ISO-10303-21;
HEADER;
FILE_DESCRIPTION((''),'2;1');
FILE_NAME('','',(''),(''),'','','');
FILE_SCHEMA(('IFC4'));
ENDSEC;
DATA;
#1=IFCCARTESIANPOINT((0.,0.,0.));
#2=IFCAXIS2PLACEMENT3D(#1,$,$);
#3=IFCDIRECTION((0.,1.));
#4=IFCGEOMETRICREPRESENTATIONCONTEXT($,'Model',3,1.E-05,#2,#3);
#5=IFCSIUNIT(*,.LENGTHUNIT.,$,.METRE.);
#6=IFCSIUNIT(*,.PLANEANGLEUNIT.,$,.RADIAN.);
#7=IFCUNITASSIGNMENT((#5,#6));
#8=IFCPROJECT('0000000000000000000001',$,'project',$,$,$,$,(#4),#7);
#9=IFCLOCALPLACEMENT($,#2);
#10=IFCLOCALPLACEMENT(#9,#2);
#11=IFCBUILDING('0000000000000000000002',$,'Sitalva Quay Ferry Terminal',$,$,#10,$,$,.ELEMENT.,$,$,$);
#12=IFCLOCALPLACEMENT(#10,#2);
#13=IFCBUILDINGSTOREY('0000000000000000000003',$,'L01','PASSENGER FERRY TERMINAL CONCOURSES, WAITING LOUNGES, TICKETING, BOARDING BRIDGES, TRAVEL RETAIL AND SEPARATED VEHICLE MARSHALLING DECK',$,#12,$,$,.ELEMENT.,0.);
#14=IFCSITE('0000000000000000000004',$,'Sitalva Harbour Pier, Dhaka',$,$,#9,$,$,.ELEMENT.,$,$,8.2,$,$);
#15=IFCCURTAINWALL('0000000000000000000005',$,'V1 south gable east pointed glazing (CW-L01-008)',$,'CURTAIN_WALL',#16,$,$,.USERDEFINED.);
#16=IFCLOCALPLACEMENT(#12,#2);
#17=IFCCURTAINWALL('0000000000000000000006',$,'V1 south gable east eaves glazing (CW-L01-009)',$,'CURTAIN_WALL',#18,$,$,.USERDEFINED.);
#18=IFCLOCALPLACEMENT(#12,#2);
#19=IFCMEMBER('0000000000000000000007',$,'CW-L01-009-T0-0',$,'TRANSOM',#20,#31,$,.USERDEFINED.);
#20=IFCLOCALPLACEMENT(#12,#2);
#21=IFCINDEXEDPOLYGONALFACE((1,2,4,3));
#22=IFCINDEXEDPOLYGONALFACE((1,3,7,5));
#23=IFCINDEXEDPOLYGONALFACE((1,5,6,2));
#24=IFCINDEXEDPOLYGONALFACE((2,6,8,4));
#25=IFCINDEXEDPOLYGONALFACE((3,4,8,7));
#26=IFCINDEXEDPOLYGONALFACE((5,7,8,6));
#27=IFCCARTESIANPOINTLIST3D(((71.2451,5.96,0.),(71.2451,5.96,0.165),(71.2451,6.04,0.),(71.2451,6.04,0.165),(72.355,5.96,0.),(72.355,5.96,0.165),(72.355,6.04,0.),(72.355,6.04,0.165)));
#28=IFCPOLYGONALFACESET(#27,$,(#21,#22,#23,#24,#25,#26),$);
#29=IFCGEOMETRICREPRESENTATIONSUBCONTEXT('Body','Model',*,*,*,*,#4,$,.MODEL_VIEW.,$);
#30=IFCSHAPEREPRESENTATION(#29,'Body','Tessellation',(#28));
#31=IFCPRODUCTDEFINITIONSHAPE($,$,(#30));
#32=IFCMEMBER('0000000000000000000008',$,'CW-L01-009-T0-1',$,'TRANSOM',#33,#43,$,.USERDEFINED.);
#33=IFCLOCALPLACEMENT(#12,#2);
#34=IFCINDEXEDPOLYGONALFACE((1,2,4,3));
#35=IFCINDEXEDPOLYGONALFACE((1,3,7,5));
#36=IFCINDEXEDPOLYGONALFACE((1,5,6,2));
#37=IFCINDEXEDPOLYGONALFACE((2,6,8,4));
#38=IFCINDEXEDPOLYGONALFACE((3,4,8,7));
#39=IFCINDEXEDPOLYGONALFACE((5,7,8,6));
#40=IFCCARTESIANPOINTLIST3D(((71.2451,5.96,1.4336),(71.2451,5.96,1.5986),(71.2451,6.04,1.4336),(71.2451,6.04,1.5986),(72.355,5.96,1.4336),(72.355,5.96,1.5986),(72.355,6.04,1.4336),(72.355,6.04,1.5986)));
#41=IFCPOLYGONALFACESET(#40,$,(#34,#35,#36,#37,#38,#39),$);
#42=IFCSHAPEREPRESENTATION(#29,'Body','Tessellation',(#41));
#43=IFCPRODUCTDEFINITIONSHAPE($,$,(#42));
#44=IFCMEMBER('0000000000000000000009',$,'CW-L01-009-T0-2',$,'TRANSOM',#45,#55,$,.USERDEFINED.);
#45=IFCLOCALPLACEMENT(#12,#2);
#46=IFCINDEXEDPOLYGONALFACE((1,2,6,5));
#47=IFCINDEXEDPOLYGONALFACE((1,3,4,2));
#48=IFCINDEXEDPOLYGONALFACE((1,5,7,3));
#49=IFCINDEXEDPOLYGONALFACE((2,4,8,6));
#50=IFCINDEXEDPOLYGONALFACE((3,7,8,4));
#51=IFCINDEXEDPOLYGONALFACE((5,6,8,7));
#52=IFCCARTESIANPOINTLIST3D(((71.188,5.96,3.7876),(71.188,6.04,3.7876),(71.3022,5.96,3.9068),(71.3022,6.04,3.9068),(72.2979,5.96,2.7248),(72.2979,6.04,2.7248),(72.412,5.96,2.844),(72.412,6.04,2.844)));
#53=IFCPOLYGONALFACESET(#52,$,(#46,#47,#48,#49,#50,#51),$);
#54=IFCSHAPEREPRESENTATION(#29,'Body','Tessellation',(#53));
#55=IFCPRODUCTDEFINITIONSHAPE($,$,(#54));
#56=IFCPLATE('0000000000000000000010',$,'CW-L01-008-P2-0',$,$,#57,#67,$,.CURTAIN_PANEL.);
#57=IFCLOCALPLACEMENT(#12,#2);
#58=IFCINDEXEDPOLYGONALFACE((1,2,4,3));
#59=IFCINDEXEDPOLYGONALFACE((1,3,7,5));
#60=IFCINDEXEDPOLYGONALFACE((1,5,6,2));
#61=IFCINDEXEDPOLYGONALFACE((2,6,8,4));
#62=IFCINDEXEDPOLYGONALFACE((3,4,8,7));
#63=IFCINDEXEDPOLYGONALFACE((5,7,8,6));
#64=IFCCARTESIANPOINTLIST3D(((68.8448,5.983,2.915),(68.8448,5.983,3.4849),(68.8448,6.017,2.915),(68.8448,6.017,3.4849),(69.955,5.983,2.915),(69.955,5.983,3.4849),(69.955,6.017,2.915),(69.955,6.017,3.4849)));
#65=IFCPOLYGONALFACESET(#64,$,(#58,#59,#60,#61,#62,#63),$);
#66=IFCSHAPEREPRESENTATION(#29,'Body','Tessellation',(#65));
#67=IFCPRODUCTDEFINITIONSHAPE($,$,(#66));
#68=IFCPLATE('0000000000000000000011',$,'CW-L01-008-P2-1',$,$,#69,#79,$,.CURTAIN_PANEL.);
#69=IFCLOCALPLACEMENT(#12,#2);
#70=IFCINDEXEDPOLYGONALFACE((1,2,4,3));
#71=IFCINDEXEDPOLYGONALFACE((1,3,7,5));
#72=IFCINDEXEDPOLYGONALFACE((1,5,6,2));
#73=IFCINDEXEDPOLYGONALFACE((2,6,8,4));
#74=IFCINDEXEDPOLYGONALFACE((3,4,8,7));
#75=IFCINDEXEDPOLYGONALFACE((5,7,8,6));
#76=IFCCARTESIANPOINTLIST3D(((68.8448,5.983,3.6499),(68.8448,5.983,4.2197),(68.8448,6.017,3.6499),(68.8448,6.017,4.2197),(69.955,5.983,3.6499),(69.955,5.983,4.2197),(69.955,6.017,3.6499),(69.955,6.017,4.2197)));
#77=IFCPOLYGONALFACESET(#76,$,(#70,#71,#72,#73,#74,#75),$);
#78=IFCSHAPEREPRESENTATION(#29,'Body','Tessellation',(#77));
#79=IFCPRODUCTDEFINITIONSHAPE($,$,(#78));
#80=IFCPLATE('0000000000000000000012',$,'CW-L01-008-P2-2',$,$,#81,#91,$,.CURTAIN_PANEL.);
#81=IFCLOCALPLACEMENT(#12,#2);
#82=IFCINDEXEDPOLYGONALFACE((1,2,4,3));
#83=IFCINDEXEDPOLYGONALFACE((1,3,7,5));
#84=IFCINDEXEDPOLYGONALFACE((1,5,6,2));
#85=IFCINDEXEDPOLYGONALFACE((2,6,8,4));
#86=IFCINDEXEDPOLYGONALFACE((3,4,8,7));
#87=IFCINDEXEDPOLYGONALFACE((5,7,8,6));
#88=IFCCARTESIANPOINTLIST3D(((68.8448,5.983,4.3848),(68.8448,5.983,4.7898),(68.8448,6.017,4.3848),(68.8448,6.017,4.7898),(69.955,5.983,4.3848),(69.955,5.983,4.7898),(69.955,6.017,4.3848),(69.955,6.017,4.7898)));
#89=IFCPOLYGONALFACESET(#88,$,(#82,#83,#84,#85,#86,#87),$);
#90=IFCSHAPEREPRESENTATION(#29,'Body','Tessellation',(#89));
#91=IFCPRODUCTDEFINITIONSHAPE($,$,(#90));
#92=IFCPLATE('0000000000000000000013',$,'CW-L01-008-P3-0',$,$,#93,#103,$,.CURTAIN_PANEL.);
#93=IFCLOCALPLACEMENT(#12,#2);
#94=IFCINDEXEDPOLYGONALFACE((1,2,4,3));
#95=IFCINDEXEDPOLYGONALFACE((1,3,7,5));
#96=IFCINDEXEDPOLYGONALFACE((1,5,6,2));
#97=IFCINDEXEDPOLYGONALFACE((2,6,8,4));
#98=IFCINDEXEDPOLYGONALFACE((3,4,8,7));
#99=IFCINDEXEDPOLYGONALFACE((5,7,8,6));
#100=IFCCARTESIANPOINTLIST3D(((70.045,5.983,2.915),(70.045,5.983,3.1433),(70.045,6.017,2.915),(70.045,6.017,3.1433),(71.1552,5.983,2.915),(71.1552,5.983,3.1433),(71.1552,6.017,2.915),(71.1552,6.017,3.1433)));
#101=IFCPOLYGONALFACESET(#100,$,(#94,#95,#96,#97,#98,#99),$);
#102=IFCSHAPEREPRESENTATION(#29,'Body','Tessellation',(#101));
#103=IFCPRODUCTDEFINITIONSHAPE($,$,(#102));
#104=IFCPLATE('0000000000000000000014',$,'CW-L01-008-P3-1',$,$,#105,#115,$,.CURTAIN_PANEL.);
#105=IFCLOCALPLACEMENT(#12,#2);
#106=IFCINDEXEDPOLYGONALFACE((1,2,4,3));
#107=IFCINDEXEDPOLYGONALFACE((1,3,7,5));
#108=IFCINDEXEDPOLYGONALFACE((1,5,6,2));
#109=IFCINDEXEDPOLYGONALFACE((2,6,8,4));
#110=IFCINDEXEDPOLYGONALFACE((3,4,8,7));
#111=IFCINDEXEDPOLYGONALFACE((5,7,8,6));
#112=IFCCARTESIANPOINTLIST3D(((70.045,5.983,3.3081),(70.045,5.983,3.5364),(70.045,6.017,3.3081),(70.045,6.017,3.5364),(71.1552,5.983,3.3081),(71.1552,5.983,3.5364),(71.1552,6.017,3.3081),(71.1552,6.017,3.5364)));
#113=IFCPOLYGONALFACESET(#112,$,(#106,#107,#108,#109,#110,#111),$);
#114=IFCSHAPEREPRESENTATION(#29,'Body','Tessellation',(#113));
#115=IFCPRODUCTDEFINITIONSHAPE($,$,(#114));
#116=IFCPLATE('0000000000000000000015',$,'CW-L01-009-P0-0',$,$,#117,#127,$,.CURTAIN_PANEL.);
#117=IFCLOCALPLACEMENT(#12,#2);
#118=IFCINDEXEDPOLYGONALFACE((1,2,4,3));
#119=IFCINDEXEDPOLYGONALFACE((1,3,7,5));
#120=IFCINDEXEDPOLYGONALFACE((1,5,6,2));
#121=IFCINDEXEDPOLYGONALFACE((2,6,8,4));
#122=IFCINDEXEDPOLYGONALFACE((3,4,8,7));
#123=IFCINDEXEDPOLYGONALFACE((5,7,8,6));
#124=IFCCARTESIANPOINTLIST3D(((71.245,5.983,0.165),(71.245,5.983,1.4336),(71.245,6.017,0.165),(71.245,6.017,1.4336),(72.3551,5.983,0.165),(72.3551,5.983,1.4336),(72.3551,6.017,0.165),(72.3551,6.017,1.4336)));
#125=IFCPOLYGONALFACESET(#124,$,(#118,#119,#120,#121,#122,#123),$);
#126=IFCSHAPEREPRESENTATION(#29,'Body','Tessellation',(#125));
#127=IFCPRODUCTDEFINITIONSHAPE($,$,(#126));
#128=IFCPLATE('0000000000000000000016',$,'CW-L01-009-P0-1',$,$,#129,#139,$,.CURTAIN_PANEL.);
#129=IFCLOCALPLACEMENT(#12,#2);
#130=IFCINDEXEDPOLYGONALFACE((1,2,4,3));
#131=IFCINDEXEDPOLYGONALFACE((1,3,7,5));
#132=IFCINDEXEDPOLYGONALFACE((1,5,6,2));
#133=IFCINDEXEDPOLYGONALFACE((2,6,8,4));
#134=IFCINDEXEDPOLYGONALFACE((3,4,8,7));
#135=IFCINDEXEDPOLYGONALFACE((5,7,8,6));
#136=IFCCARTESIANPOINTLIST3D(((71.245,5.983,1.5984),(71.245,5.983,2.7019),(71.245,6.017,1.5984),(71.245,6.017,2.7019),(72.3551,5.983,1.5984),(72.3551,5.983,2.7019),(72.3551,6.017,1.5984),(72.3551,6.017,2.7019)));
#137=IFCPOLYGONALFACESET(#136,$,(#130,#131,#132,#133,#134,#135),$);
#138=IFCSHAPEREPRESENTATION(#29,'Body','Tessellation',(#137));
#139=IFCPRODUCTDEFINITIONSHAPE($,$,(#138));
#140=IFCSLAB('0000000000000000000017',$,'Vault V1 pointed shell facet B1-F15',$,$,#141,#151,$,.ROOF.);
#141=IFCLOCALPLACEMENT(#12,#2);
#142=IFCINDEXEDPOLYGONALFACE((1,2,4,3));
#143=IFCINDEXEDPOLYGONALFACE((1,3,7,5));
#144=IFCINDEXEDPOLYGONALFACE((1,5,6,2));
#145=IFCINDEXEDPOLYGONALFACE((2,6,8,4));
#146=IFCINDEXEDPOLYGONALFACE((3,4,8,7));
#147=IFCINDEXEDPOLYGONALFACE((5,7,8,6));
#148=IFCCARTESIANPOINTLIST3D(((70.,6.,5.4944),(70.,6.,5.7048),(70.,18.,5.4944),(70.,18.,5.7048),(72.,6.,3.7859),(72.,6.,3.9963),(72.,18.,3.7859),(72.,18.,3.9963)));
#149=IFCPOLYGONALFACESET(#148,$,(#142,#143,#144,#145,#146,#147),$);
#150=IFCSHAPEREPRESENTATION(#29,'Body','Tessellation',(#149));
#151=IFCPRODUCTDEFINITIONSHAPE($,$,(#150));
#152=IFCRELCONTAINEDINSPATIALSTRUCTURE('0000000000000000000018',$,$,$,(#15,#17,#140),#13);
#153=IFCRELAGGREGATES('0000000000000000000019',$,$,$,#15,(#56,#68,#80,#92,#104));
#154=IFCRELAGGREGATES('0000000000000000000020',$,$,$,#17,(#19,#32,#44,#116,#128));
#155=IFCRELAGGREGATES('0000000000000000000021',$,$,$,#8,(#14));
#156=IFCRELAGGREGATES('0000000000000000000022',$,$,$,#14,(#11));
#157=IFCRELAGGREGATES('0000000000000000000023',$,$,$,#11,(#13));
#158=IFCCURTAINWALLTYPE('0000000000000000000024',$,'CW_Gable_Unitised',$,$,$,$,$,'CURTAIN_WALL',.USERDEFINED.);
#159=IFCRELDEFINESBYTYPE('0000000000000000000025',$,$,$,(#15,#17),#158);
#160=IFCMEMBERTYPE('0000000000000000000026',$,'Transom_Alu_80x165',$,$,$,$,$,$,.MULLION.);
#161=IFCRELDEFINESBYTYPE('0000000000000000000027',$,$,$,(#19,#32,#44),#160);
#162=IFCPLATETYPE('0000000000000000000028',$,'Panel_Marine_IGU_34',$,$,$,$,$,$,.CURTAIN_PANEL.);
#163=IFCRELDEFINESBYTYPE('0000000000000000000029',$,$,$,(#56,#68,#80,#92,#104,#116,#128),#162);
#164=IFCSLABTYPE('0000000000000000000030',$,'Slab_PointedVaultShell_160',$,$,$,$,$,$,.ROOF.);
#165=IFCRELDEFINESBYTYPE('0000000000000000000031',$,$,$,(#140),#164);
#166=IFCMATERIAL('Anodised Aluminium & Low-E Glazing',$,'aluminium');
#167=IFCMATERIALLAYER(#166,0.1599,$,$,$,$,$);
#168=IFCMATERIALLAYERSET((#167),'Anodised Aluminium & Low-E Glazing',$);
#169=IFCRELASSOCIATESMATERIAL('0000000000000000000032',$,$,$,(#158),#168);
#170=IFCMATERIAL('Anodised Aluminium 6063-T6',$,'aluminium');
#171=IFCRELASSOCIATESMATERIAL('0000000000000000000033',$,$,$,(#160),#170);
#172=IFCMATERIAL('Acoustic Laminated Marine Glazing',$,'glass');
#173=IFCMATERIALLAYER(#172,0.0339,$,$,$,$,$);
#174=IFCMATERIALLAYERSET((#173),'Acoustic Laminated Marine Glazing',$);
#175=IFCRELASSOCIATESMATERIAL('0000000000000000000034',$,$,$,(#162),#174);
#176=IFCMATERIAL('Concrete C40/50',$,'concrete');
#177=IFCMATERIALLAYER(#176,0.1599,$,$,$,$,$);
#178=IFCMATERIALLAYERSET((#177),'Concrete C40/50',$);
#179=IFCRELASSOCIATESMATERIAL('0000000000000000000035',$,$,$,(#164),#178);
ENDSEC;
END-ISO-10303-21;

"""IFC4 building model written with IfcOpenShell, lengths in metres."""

from ifc_helpers import new_model, si_unit, direction, frame, origin, origin_2d, place, context, subcontext, project, spatial, polyline, rectangle, outline, extrude, material, layer, layer_set, material_profile, profile_set, type_object, element, aggregate, save


model = new_model("IFC4")

# Units and contexts
model_context = context("Model", 3, precision=1e-05, world=origin(), true_north=direction((0.0, 1.0)))
body_context = subcontext(model_context, "Body", "Model", "MODEL_VIEW")
ifc_project = project(units=[si_unit("LENGTHUNIT", "METRE"), si_unit("PLANEANGLEUNIT", "RADIAN")], contexts=[model_context])

# Site, building, storey
site_placement = place(None, origin())
site = spatial("IfcSite", under=ifc_project, at=site_placement, Name="Sitalva Harbour Pier, Dhaka", CompositionType="ELEMENT", RefElevation=8.2)
building_placement = place(site_placement, origin())
building = spatial("IfcBuilding", under=site, at=building_placement, Name="Sitalva Quay Ferry Terminal", CompositionType="ELEMENT")
storey_placement = place(building_placement, origin())
storey = spatial("IfcBuildingStorey", under=building, at=storey_placement, Name="L01", Description="PASSENGER FERRY TERMINAL CONCOURSES, WAITING LOUNGES, TICKETING, BOARDING BRIDGES, TRAVEL RETAIL AND SEPARATED VEHICLE MARSHALLING DECK", CompositionType="ELEMENT", Elevation=0.0)

# Curtain wall
ifc_material_1 = material(Name="Anodised Aluminium & Low-E Glazing", Category="aluminium")
ifc_layer_1 = layer(ifc_material_1, 0.1599)
ifc_layer_set_1 = layer_set([ifc_layer_1], Name="Anodised Aluminium & Low-E Glazing")
curtain_wall_type = type_object("IfcCurtainWallType", Name="CW_Gable_Unitised", ElementType="CURTAIN_WALL", PredefinedType="USERDEFINED", material=ifc_layer_set_1)
curtain_wall_1_placement = place(storey_placement, origin())
curtain_wall_1 = element("IfcCurtainWall", 1, at=curtain_wall_1_placement, inside=storey, type_object=curtain_wall_type, Name="V1 south gable east pointed glazing (CW-L01-008)", ObjectType="CURTAIN_WALL", PredefinedType="USERDEFINED")

# Curtain wall
curtain_wall_2_placement = place(storey_placement, origin())
curtain_wall_2 = element("IfcCurtainWall", 2, at=curtain_wall_2_placement, inside=storey, type_object=curtain_wall_type, Name="V1 south gable east eaves glazing (CW-L01-009)", ObjectType="CURTAIN_WALL", PredefinedType="USERDEFINED")

# Members
ifc_material_2 = material(Name="Anodised Aluminium 6063-T6", Category="aluminium")
ifc_material_profile_1 = material_profile(ifc_material_2, rectangle(XDim=0.0801, YDim=0.165, at=origin_2d()), Name="ALU80x165")
ifc_profile_set_1 = profile_set([ifc_material_profile_1], Name="Anodised Aluminium 6063-T6")
member_type_1 = type_object("IfcMemberType", Name="Transom_Alu_80x165", PredefinedType="MULLION", material=ifc_profile_set_1)
member_1_placement = place(storey_placement, frame((71.2451, 6.0, 0.0825), z_axis=(1.0, 0.0, 0.0), x_axis=(0.0, 1.0, 0.0)))
member_1 = element("IfcMember", 3, at=member_1_placement, type_object=member_type_1, Name="CW-L01-009-T0-0", ObjectType="TRANSOM", PredefinedType="USERDEFINED", context=body_context, shape_type="SweptSolid", body=[
    extrude(rectangle(XDim=0.0801, YDim=0.165, at=origin_2d()), origin(), (0.0, 0.0, 1.0), 1.1099),
])
member_2_placement = place(storey_placement, frame((71.2451, 6.0, 1.5161), z_axis=(1.0, 0.0, 0.0), x_axis=(0.0, 1.0, 0.0)))
member_2 = element("IfcMember", 4, at=member_2_placement, type_object=member_type_1, Name="CW-L01-009-T0-1", ObjectType="TRANSOM", PredefinedType="USERDEFINED", context=body_context, shape_type="SweptSolid", body=[
    extrude(rectangle(XDim=0.0801, YDim=0.165, at=origin_2d()), origin(), (0.0, 0.0, 1.0), 1.1099),
])
member_3_placement = place(storey_placement, frame((71.2451, 6.0, 3.8472), z_axis=(0.722273, 0.0, -0.691609), x_axis=(0.0, 1.0, 0.0)))
member_3 = element("IfcMember", 5, at=member_3_placement, type_object=member_type_1, Name="CW-L01-009-T0-2", ObjectType="TRANSOM", PredefinedType="USERDEFINED", context=body_context, shape_type="SweptSolid", body=[
    extrude(rectangle(XDim=0.0801, YDim=0.165, at=origin_2d()), origin(), (0.0, 0.0, 1.0), 1.5366),
])

# Plates
ifc_material_3 = material(Name="Acoustic Laminated Marine Glazing", Category="glass")
ifc_layer_2 = layer(ifc_material_3, 0.0339)
ifc_layer_set_2 = layer_set([ifc_layer_2], Name="Acoustic Laminated Marine Glazing")
plate_type = type_object("IfcPlateType", Name="Panel_Marine_IGU_34", PredefinedType="CURTAIN_PANEL", material=ifc_layer_set_2)
plate_1_placement = place(storey_placement, frame((69.3999, 6.0, 2.915), z_axis=(0.0, 0.0, 1.0), x_axis=(1.0, 0.0, 0.0)))
plate_1 = element("IfcPlate", 6, at=plate_1_placement, type_object=plate_type, Name="CW-L01-008-P2-0", PredefinedType="CURTAIN_PANEL", context=body_context, shape_type="SweptSolid", body=[
    extrude(rectangle(XDim=1.1101, YDim=0.0339, at=origin_2d()), origin(), (0.0, 0.0, 1.0), 0.5698),
])
plate_2_placement = place(storey_placement, frame((69.3999, 6.0, 3.6499), z_axis=(0.0, 0.0, 1.0), x_axis=(1.0, 0.0, 0.0)))
plate_2 = element("IfcPlate", 7, at=plate_2_placement, type_object=plate_type, Name="CW-L01-008-P2-1", PredefinedType="CURTAIN_PANEL", context=body_context, shape_type="SweptSolid", body=[
    extrude(rectangle(XDim=1.1101, YDim=0.0339, at=origin_2d()), origin(), (0.0, 0.0, 1.0), 0.5698),
])
plate_3_placement = place(storey_placement, frame((69.3999, 6.0, 4.3848), z_axis=(0.0, 0.0, 1.0), x_axis=(1.0, 0.0, 0.0)))
plate_3 = element("IfcPlate", 8, at=plate_3_placement, type_object=plate_type, Name="CW-L01-008-P2-2", PredefinedType="CURTAIN_PANEL", context=body_context, shape_type="SweptSolid", body=[
    extrude(rectangle(XDim=1.1101, YDim=0.0339, at=origin_2d()), origin(), (0.0, 0.0, 1.0), 0.405),
])
plate_4_placement = place(storey_placement, frame((70.6001, 6.0, 2.915), z_axis=(0.0, 0.0, 1.0), x_axis=(1.0, 0.0, 0.0)))
plate_4 = element("IfcPlate", 9, at=plate_4_placement, type_object=plate_type, Name="CW-L01-008-P3-0", PredefinedType="CURTAIN_PANEL", context=body_context, shape_type="SweptSolid", body=[
    extrude(rectangle(XDim=1.1101, YDim=0.0339, at=origin_2d()), origin(), (0.0, 0.0, 1.0), 0.2283),
])
plate_5_placement = place(storey_placement, frame((70.6001, 6.0, 3.3081), z_axis=(0.0, 0.0, 1.0), x_axis=(1.0, 0.0, 0.0)))
plate_5 = element("IfcPlate", 10, at=plate_5_placement, type_object=plate_type, Name="CW-L01-008-P3-1", PredefinedType="CURTAIN_PANEL", context=body_context, shape_type="SweptSolid", body=[
    extrude(rectangle(XDim=1.1101, YDim=0.0339, at=origin_2d()), origin(), (0.0, 0.0, 1.0), 0.2283),
])
aggregate(curtain_wall_1, [plate_1, plate_2, plate_3, plate_4, plate_5])
plate_6_placement = place(storey_placement, frame((71.8, 6.0, 0.165), z_axis=(0.0, 0.0, 1.0), x_axis=(1.0, 0.0, 0.0)))
plate_6 = element("IfcPlate", 11, at=plate_6_placement, type_object=plate_type, Name="CW-L01-009-P0-0", PredefinedType="CURTAIN_PANEL", context=body_context, shape_type="SweptSolid", body=[
    extrude(rectangle(XDim=1.1101, YDim=0.0339, at=origin_2d()), origin(), (0.0, 0.0, 1.0), 1.2686),
])
plate_7_placement = place(storey_placement, frame((71.8, 6.0, 1.5984), z_axis=(0.0, 0.0, 1.0), x_axis=(1.0, 0.0, 0.0)))
plate_7 = element("IfcPlate", 12, at=plate_7_placement, type_object=plate_type, Name="CW-L01-009-P0-1", PredefinedType="CURTAIN_PANEL", context=body_context, shape_type="SweptSolid", body=[
    extrude(rectangle(XDim=1.1101, YDim=0.0339, at=origin_2d()), origin(), (0.0, 0.0, 1.0), 1.1035),
])
aggregate(curtain_wall_2, [member_1, member_2, member_3, plate_6, plate_7])

# Slab
ifc_material_4 = material(Name="Concrete C40/50", Category="concrete")
ifc_layer_3 = layer(ifc_material_4, 0.1599)
ifc_layer_set_3 = layer_set([ifc_layer_3], Name="Concrete C40/50")
slab_type = type_object("IfcSlabType", Name="Slab_PointedVaultShell_160", PredefinedType="ROOF", material=ifc_layer_set_3)
slab_placement = place(storey_placement, frame((70.0, 6.0, 5.7048), z_axis=(0.649522, 0.0, 0.760343), x_axis=(0.760343, 0.0, -0.649522)))
element("IfcSlab", 13, at=slab_placement, inside=storey, type_object=slab_type, Name="Vault V1 pointed shell facet B1-F15", PredefinedType="ROOF", context=body_context, shape_type="SweptSolid", body=[
    extrude(outline(polyline([(0.0, 0.0), (2.6304, 0.0), (2.6304, 12.0), (0.0, 12.0), (0.0, 0.0)])), origin(), (0.649522, 0.0, -0.760343), 0.2104),
])

save(model, "model.ifc")
